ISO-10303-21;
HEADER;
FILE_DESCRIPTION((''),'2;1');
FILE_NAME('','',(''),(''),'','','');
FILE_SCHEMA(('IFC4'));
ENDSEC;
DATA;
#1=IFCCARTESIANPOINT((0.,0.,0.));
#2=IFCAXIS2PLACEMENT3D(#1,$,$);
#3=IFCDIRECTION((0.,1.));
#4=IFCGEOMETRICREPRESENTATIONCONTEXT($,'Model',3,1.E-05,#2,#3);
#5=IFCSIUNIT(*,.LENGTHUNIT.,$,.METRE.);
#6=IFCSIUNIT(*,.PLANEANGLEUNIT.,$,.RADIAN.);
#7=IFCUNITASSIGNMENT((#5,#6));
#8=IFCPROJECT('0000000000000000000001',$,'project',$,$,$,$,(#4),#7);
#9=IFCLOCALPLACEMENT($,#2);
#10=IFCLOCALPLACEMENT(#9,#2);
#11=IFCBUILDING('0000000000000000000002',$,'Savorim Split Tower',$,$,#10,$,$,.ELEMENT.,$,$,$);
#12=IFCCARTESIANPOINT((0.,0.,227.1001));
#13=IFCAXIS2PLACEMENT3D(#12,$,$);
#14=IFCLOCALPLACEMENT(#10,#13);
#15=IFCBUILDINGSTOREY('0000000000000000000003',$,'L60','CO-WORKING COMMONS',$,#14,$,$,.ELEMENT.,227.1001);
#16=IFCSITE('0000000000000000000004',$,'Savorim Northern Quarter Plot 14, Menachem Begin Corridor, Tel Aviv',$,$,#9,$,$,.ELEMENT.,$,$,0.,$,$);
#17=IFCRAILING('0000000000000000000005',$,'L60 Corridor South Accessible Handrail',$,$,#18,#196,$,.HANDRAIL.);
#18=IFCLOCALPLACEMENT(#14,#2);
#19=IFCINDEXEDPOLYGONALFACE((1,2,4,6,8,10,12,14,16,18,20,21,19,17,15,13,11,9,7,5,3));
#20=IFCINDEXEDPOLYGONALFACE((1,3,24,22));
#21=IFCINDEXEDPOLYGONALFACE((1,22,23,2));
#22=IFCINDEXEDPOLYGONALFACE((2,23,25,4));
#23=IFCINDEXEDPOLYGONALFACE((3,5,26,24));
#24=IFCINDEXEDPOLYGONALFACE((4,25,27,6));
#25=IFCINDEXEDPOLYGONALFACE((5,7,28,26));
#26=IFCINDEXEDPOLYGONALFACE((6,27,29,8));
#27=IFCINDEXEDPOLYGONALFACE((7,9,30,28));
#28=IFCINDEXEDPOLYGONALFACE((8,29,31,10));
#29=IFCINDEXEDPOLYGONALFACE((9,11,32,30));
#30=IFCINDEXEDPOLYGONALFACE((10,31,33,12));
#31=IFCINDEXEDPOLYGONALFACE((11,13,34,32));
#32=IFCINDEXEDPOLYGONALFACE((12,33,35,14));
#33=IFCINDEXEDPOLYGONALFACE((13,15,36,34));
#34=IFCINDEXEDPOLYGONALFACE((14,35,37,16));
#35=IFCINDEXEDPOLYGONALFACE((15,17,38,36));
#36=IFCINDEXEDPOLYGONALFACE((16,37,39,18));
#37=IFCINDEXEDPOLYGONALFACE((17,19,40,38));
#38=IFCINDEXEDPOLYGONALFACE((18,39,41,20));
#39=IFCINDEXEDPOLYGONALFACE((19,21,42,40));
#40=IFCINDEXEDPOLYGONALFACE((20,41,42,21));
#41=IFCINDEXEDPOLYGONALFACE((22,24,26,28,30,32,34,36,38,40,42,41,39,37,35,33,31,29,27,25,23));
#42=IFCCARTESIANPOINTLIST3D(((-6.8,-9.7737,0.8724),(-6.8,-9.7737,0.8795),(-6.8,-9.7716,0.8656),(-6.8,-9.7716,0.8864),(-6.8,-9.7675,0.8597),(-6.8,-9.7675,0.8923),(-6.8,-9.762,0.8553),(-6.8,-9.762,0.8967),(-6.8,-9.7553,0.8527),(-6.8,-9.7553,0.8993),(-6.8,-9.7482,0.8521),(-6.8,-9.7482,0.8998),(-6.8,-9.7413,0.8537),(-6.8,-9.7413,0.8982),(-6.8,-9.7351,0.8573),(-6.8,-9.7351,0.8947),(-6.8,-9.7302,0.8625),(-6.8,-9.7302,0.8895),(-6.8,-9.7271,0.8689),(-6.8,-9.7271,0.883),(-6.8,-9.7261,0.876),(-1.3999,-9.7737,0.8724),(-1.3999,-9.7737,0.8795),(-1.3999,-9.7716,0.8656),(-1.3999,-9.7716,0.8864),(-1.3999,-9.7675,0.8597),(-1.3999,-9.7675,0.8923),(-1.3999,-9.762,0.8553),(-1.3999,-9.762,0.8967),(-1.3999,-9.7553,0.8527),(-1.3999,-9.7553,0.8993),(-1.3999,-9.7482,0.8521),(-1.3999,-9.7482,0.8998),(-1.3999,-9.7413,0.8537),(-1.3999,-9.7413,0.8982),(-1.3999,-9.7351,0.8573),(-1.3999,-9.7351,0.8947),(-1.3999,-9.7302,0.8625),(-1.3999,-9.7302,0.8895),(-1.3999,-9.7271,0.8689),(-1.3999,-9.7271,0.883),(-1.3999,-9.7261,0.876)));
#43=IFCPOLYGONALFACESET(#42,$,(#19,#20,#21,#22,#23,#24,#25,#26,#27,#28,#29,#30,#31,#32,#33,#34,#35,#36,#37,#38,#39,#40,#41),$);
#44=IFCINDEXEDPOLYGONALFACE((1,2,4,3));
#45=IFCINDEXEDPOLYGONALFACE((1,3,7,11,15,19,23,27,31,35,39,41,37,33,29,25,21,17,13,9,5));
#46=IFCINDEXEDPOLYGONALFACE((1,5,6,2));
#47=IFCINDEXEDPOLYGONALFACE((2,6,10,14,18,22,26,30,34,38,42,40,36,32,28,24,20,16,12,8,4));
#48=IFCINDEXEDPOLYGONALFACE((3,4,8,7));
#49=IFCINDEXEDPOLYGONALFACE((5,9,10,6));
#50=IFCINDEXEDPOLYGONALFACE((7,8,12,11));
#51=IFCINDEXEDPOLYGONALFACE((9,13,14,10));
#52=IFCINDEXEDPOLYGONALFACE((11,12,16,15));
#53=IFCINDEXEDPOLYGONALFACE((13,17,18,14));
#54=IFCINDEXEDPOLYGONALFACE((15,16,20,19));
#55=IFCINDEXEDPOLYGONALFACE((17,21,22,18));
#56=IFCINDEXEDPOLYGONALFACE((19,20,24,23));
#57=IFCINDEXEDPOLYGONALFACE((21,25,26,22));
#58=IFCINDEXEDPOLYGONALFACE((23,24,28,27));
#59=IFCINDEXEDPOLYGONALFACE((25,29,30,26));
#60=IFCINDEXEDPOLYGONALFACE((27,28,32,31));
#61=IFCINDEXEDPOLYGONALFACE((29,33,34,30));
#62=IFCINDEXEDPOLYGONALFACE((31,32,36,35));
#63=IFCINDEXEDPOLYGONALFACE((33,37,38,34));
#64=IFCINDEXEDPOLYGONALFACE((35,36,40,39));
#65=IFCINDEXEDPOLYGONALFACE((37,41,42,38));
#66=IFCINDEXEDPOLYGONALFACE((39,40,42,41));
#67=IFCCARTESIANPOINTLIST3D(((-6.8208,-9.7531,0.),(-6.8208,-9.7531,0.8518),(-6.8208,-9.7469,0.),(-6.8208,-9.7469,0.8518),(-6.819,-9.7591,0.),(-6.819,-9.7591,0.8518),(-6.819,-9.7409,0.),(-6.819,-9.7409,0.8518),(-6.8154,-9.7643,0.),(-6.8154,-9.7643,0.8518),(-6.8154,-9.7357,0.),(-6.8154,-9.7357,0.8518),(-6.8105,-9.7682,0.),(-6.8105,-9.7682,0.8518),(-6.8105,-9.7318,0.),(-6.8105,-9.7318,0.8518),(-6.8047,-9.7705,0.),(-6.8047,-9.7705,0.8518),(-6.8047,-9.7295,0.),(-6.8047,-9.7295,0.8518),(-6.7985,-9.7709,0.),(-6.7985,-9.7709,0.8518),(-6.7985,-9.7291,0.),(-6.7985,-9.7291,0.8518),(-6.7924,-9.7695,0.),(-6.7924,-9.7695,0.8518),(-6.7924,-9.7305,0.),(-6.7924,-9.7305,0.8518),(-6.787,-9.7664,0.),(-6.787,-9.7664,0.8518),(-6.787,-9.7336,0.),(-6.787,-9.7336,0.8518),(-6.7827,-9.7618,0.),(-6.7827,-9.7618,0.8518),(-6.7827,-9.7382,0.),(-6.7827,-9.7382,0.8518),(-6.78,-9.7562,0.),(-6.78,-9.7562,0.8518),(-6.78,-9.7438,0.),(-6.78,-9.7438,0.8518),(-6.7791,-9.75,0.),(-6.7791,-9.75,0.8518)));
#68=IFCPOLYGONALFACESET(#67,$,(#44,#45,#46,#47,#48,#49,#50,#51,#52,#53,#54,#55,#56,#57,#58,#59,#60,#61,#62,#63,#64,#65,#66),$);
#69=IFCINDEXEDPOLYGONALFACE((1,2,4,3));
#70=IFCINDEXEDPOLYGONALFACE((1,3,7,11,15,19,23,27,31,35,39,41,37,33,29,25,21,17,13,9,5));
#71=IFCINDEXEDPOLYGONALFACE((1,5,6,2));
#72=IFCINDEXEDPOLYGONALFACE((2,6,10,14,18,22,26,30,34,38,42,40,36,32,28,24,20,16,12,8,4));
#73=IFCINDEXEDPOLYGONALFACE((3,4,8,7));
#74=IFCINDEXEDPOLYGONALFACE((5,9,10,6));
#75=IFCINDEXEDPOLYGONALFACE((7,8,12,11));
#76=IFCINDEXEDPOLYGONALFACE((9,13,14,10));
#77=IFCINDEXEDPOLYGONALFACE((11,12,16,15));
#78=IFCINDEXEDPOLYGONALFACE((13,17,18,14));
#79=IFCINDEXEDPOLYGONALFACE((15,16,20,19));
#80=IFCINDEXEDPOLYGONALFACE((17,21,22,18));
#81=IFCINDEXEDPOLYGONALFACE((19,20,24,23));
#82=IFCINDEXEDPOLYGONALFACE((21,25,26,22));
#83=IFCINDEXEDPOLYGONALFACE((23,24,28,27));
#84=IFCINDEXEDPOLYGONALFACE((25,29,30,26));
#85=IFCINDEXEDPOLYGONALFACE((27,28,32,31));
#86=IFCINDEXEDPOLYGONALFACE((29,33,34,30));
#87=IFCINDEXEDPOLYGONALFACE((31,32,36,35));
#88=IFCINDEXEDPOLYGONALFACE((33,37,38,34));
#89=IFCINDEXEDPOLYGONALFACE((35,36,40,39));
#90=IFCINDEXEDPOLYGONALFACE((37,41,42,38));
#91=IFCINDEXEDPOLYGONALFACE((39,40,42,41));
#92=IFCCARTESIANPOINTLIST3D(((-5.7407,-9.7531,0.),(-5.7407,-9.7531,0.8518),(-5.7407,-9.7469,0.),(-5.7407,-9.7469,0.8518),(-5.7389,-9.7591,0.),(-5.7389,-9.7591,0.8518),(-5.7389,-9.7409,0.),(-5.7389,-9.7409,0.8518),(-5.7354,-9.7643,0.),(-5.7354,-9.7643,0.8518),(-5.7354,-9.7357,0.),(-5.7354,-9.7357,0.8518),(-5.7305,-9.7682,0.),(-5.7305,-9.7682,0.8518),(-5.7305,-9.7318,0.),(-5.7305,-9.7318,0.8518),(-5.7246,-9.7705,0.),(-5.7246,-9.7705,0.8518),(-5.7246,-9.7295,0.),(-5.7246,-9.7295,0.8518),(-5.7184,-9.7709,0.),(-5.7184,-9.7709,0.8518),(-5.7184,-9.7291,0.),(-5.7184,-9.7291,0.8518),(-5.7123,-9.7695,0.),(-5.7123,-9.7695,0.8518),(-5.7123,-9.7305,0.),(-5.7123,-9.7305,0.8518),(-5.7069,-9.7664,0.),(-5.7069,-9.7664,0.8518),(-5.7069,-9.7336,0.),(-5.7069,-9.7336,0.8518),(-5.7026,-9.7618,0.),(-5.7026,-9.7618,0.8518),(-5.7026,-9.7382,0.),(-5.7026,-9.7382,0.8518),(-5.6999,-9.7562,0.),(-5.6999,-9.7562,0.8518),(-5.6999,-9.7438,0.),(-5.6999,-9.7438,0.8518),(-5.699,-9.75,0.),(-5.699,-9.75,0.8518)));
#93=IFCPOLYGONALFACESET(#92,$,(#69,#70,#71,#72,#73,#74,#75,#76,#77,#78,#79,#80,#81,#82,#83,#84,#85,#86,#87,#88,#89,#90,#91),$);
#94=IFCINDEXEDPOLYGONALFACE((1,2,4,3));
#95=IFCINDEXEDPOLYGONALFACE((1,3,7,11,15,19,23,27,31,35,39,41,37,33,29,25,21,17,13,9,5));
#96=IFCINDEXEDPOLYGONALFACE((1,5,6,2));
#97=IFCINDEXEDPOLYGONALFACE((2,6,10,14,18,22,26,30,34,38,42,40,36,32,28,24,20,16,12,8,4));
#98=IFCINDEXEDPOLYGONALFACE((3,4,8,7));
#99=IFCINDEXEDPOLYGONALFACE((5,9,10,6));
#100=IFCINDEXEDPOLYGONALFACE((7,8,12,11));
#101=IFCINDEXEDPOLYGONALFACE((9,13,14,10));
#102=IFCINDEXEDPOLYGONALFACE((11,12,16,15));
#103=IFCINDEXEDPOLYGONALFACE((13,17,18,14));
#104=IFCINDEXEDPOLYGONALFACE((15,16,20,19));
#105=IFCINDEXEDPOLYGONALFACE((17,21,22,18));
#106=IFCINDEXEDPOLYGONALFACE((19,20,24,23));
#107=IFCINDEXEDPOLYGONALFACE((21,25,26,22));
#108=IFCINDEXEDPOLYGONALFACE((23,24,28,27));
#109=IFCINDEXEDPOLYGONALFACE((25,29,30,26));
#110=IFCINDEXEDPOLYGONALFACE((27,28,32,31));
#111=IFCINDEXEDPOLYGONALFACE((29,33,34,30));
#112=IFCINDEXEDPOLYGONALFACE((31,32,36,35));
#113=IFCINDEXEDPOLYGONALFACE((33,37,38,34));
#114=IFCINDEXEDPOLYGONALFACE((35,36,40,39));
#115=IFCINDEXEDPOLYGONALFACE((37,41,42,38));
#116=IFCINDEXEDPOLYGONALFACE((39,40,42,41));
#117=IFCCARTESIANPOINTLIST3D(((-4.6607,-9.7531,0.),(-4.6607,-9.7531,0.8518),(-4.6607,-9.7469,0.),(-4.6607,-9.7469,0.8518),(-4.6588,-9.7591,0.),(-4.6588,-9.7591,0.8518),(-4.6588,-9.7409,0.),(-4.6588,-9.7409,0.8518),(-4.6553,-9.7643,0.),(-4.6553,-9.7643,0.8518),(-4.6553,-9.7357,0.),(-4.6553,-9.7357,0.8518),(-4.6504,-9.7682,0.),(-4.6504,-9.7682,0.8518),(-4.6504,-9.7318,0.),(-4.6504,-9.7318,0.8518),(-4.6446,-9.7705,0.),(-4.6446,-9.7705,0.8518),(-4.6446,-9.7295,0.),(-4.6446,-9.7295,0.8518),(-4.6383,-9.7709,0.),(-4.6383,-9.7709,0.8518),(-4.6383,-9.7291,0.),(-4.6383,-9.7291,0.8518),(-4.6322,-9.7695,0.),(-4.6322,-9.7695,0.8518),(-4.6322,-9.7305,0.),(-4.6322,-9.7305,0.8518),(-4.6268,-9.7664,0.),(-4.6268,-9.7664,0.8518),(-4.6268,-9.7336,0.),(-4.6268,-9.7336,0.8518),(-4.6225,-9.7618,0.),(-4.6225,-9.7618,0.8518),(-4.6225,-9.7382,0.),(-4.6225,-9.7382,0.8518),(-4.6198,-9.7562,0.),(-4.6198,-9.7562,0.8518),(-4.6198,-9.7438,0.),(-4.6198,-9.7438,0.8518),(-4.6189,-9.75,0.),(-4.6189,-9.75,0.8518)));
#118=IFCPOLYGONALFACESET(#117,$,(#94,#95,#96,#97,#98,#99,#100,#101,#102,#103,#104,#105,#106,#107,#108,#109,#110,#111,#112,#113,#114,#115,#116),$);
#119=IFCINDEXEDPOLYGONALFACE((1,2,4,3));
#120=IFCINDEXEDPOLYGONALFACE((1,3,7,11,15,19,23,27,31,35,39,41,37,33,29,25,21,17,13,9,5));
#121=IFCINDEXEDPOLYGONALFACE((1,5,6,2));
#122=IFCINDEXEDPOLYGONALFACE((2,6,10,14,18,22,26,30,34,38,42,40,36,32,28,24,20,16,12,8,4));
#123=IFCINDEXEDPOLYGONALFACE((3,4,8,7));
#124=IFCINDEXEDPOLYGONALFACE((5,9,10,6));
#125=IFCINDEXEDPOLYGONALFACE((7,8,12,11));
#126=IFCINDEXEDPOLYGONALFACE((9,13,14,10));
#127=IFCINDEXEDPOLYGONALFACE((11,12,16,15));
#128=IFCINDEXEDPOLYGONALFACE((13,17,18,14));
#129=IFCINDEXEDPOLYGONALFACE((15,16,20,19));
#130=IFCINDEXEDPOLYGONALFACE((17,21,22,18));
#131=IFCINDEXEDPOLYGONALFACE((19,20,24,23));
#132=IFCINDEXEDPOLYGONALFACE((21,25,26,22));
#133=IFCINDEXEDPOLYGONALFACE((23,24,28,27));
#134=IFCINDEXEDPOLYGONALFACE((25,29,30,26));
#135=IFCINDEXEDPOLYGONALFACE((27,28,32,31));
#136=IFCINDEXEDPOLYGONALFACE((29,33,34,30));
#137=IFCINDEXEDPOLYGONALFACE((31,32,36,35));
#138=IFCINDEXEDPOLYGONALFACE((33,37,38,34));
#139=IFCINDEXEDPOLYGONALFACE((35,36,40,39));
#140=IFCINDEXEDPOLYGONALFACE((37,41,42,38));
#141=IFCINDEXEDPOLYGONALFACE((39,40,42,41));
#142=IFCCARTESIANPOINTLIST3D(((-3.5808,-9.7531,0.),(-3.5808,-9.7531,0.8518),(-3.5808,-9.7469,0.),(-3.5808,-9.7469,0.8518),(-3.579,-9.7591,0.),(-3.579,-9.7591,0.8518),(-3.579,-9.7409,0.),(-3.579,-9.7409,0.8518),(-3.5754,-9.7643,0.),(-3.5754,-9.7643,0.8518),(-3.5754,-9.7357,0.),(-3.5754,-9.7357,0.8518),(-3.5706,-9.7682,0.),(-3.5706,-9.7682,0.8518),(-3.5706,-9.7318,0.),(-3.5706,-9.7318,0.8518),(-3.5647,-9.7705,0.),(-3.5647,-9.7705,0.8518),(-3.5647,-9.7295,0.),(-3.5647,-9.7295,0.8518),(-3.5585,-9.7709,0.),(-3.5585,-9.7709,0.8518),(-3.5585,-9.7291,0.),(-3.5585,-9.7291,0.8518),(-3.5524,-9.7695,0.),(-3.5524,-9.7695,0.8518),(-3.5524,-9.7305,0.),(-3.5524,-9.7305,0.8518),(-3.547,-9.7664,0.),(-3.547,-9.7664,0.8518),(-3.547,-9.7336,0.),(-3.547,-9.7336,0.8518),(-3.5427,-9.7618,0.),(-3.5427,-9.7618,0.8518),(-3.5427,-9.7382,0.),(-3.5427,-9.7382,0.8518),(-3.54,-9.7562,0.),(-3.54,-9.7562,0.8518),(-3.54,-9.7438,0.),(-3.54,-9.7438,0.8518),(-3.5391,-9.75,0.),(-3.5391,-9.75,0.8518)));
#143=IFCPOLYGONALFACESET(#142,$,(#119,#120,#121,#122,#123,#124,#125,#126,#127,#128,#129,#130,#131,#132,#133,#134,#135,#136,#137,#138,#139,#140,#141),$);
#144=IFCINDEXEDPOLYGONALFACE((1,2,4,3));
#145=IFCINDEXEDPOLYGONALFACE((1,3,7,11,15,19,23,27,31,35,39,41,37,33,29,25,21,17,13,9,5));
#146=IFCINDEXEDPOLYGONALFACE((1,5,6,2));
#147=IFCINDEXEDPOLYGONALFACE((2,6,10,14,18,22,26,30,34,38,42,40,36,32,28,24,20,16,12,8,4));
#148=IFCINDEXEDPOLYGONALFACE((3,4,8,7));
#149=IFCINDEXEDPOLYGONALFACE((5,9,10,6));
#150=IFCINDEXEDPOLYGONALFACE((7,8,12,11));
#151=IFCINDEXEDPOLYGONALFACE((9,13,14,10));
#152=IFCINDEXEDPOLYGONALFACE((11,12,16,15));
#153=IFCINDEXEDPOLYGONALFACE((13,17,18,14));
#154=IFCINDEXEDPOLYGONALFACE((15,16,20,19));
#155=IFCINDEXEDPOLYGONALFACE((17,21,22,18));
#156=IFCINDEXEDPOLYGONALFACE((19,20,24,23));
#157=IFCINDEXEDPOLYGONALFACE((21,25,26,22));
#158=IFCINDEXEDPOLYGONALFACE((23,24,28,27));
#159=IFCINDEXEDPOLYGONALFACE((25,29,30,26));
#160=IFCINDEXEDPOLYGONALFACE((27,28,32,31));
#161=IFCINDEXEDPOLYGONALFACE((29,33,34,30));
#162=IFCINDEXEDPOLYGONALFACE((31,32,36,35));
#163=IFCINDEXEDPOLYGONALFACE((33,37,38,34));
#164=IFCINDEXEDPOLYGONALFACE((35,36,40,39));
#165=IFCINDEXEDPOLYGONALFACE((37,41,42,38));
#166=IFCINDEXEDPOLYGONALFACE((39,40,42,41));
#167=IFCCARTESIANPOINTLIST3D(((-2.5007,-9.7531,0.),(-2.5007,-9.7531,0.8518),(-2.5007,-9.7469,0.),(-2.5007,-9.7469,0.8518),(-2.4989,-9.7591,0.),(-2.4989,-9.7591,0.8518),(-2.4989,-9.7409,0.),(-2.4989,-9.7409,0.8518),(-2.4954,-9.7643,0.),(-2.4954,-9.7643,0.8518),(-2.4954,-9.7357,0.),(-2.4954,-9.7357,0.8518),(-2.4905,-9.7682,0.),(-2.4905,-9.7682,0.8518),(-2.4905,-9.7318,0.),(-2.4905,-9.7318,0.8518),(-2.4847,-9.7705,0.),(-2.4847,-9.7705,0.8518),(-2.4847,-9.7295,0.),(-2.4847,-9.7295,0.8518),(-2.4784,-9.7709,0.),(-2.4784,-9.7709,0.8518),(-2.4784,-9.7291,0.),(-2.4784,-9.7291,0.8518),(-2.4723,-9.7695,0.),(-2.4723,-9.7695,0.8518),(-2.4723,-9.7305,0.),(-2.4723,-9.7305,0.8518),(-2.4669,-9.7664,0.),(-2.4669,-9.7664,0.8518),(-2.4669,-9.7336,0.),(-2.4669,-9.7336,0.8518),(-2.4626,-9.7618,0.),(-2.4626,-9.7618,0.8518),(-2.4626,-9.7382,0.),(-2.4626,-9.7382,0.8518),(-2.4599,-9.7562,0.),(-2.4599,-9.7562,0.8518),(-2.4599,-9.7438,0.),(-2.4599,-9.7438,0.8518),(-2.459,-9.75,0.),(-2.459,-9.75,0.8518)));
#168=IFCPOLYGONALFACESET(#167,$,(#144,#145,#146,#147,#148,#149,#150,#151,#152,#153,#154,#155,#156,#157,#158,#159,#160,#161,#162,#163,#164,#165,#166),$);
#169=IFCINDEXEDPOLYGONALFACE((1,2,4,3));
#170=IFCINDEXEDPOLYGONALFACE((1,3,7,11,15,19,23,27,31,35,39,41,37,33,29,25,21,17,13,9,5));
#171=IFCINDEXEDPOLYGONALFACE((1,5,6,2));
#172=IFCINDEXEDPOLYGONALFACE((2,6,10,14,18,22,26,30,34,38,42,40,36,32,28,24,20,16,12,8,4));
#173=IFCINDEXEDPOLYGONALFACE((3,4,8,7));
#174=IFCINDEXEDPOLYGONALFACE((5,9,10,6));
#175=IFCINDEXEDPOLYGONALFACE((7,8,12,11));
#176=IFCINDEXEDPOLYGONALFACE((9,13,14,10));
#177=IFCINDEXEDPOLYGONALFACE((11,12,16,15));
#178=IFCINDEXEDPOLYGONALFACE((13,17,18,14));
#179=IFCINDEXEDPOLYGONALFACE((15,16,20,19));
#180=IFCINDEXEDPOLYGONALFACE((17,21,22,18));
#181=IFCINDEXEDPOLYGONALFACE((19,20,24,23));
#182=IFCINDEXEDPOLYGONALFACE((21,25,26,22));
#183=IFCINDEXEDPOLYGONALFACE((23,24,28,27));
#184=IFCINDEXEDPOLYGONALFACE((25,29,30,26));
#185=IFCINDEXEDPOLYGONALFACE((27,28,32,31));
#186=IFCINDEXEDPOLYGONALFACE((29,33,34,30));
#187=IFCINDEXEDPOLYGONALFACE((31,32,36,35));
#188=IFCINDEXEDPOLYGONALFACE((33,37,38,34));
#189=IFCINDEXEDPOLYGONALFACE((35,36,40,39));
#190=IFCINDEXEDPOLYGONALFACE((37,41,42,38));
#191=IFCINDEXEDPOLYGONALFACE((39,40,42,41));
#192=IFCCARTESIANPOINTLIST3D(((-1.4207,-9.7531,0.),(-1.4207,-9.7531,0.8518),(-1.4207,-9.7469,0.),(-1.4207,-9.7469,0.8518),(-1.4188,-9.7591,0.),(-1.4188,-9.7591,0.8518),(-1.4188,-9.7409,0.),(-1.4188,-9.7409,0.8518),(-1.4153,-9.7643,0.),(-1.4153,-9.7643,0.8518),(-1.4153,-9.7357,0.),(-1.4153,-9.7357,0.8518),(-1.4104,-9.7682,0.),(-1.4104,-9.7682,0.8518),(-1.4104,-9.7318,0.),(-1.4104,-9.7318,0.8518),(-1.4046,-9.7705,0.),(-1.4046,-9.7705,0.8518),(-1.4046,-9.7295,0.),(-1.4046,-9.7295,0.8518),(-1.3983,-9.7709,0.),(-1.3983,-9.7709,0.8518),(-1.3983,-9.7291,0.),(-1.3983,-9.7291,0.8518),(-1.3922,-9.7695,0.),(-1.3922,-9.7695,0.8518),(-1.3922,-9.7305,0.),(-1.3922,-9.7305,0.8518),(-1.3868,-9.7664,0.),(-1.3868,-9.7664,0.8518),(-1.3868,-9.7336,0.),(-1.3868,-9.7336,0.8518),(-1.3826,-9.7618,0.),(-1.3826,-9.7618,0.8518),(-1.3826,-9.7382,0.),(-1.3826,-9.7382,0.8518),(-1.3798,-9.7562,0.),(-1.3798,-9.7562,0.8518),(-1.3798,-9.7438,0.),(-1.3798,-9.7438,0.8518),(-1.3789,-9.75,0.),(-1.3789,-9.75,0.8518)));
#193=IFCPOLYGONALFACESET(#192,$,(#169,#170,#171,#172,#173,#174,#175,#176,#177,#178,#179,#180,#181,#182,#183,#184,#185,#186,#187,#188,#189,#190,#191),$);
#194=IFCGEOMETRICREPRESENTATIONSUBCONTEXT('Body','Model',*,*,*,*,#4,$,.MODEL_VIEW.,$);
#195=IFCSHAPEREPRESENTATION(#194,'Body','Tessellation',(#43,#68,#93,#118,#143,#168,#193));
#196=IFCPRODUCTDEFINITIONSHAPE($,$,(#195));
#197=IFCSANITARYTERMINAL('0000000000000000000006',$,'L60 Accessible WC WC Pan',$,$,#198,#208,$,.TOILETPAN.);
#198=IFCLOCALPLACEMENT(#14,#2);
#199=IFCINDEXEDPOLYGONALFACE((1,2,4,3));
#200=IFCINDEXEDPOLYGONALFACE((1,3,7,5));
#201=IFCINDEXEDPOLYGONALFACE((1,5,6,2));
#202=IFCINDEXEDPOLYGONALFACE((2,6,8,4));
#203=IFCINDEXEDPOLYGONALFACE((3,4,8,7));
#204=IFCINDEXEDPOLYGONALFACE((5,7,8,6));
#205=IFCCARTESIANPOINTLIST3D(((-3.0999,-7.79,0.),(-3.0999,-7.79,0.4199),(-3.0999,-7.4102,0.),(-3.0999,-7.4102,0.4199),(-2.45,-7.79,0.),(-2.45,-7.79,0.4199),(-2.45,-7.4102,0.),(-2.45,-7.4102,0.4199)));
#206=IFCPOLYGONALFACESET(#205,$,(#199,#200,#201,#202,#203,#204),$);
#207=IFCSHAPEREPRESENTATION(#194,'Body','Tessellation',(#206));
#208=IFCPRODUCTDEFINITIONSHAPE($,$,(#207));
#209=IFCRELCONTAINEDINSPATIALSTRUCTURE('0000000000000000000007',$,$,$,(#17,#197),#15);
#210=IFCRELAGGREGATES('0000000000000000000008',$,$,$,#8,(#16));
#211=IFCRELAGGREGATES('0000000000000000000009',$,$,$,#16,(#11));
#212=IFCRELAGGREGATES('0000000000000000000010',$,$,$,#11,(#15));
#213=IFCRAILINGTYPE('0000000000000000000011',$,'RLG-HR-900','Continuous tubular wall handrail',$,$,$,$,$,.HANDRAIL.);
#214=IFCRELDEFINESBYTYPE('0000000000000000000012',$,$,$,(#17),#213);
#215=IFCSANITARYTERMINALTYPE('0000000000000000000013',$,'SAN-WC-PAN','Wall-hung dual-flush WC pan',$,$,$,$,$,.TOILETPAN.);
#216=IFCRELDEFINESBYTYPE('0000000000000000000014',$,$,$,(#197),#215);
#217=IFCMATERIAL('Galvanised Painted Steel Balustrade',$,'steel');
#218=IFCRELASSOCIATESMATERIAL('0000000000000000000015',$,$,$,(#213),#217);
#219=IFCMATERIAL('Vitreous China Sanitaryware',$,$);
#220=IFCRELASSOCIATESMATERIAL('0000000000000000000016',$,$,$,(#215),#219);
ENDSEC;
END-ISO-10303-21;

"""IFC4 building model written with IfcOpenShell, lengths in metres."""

from ifc_helpers import new_model, si_unit, direction, frame, origin, origin_2d, place, context, subcontext, project, spatial, rectangle, circle, extrude, material, type_object, element, save


model = new_model("IFC4")

# Units and contexts
model_context = context("Model", 3, precision=1e-05, world=origin(), true_north=direction((0.0, 1.0)))
body_context = subcontext(model_context, "Body", "Model", "MODEL_VIEW")
ifc_project = project(units=[si_unit("LENGTHUNIT", "METRE"), si_unit("PLANEANGLEUNIT", "RADIAN")], contexts=[model_context])

# Site, building, storey
site_placement = place(None, origin())
site = spatial("IfcSite", under=ifc_project, at=site_placement, Name="Savorim Northern Quarter Plot 14, Menachem Begin Corridor, Tel Aviv", CompositionType="ELEMENT", RefElevation=0.0)
building_placement = place(site_placement, origin())
building = spatial("IfcBuilding", under=site, at=building_placement, Name="Savorim Split Tower", CompositionType="ELEMENT")
storey_placement = place(building_placement, frame((0.0, 0.0, 227.1001)))
storey = spatial("IfcBuildingStorey", under=building, at=storey_placement, Name="L60", Description="CO-WORKING COMMONS", CompositionType="ELEMENT", Elevation=227.1001)

# Railing
ifc_material_1 = material(Name="Galvanised Painted Steel Balustrade", Category="steel")
railing_type = type_object("IfcRailingType", Name="RLG-HR-900", Description="Continuous tubular wall handrail", PredefinedType="HANDRAIL", material=ifc_material_1)
railing_placement = place(storey_placement, frame((-6.8, -9.75, 0.0)))
element("IfcRailing", 1, at=railing_placement, inside=storey, type_object=railing_type, Name="L60 Corridor South Accessible Handrail", PredefinedType="HANDRAIL", context=body_context, shape_type="SweptSolid", body=[
    extrude(circle(Radius=0.0239, at=origin_2d()), frame((0.0, 0.0, 0.876), z_axis=(1.0, 0.0, 0.0), x_axis=(0.0, 1.0, 0.0)), (0.0, 0.0, 1.0), 5.4001),
    extrude(circle(Radius=0.021, at=origin_2d()), origin(), (0.0, 0.0, 1.0), 0.8518),
    extrude(circle(Radius=0.021, at=origin_2d()), frame((1.0801, 0.0, 0.0)), (0.0, 0.0, 1.0), 0.8518),
    extrude(circle(Radius=0.021, at=origin_2d()), frame((2.1602, 0.0, 0.0)), (0.0, 0.0, 1.0), 0.8518),
    extrude(circle(Radius=0.021, at=origin_2d()), frame((3.24, 0.0, 0.0)), (0.0, 0.0, 1.0), 0.8518),
    extrude(circle(Radius=0.021, at=origin_2d()), frame((4.3201, 0.0, 0.0)), (0.0, 0.0, 1.0), 0.8518),
    extrude(circle(Radius=0.021, at=origin_2d()), frame((5.4001, 0.0, 0.0)), (0.0, 0.0, 1.0), 0.8518),
])

# Sanitary terminal
ifc_material_2 = material(Name="Vitreous China Sanitaryware")
sanitary_terminal_type_1 = type_object("IfcSanitaryTerminalType", Name="SAN-WC-PAN", Description="Wall-hung dual-flush WC pan", PredefinedType="TOILETPAN", material=ifc_material_2)
sanitary_terminal_placement = place(storey_placement, frame((-2.7749, -7.6001, 0.0), z_axis=(0.0, 0.0, 1.0), x_axis=(1.0, 0.0, 0.0)))
element("IfcSanitaryTerminal", 2, at=sanitary_terminal_placement, inside=storey, type_object=sanitary_terminal_type_1, Name="L60 Accessible WC WC Pan", PredefinedType="TOILETPAN", context=body_context, shape_type="SweptSolid", body=[
    extrude(rectangle(XDim=0.6499, YDim=0.3799, at=origin_2d()), origin(), (0.0, 0.0, 1.0), 0.4199),
])

save(model, "model.ifc")
